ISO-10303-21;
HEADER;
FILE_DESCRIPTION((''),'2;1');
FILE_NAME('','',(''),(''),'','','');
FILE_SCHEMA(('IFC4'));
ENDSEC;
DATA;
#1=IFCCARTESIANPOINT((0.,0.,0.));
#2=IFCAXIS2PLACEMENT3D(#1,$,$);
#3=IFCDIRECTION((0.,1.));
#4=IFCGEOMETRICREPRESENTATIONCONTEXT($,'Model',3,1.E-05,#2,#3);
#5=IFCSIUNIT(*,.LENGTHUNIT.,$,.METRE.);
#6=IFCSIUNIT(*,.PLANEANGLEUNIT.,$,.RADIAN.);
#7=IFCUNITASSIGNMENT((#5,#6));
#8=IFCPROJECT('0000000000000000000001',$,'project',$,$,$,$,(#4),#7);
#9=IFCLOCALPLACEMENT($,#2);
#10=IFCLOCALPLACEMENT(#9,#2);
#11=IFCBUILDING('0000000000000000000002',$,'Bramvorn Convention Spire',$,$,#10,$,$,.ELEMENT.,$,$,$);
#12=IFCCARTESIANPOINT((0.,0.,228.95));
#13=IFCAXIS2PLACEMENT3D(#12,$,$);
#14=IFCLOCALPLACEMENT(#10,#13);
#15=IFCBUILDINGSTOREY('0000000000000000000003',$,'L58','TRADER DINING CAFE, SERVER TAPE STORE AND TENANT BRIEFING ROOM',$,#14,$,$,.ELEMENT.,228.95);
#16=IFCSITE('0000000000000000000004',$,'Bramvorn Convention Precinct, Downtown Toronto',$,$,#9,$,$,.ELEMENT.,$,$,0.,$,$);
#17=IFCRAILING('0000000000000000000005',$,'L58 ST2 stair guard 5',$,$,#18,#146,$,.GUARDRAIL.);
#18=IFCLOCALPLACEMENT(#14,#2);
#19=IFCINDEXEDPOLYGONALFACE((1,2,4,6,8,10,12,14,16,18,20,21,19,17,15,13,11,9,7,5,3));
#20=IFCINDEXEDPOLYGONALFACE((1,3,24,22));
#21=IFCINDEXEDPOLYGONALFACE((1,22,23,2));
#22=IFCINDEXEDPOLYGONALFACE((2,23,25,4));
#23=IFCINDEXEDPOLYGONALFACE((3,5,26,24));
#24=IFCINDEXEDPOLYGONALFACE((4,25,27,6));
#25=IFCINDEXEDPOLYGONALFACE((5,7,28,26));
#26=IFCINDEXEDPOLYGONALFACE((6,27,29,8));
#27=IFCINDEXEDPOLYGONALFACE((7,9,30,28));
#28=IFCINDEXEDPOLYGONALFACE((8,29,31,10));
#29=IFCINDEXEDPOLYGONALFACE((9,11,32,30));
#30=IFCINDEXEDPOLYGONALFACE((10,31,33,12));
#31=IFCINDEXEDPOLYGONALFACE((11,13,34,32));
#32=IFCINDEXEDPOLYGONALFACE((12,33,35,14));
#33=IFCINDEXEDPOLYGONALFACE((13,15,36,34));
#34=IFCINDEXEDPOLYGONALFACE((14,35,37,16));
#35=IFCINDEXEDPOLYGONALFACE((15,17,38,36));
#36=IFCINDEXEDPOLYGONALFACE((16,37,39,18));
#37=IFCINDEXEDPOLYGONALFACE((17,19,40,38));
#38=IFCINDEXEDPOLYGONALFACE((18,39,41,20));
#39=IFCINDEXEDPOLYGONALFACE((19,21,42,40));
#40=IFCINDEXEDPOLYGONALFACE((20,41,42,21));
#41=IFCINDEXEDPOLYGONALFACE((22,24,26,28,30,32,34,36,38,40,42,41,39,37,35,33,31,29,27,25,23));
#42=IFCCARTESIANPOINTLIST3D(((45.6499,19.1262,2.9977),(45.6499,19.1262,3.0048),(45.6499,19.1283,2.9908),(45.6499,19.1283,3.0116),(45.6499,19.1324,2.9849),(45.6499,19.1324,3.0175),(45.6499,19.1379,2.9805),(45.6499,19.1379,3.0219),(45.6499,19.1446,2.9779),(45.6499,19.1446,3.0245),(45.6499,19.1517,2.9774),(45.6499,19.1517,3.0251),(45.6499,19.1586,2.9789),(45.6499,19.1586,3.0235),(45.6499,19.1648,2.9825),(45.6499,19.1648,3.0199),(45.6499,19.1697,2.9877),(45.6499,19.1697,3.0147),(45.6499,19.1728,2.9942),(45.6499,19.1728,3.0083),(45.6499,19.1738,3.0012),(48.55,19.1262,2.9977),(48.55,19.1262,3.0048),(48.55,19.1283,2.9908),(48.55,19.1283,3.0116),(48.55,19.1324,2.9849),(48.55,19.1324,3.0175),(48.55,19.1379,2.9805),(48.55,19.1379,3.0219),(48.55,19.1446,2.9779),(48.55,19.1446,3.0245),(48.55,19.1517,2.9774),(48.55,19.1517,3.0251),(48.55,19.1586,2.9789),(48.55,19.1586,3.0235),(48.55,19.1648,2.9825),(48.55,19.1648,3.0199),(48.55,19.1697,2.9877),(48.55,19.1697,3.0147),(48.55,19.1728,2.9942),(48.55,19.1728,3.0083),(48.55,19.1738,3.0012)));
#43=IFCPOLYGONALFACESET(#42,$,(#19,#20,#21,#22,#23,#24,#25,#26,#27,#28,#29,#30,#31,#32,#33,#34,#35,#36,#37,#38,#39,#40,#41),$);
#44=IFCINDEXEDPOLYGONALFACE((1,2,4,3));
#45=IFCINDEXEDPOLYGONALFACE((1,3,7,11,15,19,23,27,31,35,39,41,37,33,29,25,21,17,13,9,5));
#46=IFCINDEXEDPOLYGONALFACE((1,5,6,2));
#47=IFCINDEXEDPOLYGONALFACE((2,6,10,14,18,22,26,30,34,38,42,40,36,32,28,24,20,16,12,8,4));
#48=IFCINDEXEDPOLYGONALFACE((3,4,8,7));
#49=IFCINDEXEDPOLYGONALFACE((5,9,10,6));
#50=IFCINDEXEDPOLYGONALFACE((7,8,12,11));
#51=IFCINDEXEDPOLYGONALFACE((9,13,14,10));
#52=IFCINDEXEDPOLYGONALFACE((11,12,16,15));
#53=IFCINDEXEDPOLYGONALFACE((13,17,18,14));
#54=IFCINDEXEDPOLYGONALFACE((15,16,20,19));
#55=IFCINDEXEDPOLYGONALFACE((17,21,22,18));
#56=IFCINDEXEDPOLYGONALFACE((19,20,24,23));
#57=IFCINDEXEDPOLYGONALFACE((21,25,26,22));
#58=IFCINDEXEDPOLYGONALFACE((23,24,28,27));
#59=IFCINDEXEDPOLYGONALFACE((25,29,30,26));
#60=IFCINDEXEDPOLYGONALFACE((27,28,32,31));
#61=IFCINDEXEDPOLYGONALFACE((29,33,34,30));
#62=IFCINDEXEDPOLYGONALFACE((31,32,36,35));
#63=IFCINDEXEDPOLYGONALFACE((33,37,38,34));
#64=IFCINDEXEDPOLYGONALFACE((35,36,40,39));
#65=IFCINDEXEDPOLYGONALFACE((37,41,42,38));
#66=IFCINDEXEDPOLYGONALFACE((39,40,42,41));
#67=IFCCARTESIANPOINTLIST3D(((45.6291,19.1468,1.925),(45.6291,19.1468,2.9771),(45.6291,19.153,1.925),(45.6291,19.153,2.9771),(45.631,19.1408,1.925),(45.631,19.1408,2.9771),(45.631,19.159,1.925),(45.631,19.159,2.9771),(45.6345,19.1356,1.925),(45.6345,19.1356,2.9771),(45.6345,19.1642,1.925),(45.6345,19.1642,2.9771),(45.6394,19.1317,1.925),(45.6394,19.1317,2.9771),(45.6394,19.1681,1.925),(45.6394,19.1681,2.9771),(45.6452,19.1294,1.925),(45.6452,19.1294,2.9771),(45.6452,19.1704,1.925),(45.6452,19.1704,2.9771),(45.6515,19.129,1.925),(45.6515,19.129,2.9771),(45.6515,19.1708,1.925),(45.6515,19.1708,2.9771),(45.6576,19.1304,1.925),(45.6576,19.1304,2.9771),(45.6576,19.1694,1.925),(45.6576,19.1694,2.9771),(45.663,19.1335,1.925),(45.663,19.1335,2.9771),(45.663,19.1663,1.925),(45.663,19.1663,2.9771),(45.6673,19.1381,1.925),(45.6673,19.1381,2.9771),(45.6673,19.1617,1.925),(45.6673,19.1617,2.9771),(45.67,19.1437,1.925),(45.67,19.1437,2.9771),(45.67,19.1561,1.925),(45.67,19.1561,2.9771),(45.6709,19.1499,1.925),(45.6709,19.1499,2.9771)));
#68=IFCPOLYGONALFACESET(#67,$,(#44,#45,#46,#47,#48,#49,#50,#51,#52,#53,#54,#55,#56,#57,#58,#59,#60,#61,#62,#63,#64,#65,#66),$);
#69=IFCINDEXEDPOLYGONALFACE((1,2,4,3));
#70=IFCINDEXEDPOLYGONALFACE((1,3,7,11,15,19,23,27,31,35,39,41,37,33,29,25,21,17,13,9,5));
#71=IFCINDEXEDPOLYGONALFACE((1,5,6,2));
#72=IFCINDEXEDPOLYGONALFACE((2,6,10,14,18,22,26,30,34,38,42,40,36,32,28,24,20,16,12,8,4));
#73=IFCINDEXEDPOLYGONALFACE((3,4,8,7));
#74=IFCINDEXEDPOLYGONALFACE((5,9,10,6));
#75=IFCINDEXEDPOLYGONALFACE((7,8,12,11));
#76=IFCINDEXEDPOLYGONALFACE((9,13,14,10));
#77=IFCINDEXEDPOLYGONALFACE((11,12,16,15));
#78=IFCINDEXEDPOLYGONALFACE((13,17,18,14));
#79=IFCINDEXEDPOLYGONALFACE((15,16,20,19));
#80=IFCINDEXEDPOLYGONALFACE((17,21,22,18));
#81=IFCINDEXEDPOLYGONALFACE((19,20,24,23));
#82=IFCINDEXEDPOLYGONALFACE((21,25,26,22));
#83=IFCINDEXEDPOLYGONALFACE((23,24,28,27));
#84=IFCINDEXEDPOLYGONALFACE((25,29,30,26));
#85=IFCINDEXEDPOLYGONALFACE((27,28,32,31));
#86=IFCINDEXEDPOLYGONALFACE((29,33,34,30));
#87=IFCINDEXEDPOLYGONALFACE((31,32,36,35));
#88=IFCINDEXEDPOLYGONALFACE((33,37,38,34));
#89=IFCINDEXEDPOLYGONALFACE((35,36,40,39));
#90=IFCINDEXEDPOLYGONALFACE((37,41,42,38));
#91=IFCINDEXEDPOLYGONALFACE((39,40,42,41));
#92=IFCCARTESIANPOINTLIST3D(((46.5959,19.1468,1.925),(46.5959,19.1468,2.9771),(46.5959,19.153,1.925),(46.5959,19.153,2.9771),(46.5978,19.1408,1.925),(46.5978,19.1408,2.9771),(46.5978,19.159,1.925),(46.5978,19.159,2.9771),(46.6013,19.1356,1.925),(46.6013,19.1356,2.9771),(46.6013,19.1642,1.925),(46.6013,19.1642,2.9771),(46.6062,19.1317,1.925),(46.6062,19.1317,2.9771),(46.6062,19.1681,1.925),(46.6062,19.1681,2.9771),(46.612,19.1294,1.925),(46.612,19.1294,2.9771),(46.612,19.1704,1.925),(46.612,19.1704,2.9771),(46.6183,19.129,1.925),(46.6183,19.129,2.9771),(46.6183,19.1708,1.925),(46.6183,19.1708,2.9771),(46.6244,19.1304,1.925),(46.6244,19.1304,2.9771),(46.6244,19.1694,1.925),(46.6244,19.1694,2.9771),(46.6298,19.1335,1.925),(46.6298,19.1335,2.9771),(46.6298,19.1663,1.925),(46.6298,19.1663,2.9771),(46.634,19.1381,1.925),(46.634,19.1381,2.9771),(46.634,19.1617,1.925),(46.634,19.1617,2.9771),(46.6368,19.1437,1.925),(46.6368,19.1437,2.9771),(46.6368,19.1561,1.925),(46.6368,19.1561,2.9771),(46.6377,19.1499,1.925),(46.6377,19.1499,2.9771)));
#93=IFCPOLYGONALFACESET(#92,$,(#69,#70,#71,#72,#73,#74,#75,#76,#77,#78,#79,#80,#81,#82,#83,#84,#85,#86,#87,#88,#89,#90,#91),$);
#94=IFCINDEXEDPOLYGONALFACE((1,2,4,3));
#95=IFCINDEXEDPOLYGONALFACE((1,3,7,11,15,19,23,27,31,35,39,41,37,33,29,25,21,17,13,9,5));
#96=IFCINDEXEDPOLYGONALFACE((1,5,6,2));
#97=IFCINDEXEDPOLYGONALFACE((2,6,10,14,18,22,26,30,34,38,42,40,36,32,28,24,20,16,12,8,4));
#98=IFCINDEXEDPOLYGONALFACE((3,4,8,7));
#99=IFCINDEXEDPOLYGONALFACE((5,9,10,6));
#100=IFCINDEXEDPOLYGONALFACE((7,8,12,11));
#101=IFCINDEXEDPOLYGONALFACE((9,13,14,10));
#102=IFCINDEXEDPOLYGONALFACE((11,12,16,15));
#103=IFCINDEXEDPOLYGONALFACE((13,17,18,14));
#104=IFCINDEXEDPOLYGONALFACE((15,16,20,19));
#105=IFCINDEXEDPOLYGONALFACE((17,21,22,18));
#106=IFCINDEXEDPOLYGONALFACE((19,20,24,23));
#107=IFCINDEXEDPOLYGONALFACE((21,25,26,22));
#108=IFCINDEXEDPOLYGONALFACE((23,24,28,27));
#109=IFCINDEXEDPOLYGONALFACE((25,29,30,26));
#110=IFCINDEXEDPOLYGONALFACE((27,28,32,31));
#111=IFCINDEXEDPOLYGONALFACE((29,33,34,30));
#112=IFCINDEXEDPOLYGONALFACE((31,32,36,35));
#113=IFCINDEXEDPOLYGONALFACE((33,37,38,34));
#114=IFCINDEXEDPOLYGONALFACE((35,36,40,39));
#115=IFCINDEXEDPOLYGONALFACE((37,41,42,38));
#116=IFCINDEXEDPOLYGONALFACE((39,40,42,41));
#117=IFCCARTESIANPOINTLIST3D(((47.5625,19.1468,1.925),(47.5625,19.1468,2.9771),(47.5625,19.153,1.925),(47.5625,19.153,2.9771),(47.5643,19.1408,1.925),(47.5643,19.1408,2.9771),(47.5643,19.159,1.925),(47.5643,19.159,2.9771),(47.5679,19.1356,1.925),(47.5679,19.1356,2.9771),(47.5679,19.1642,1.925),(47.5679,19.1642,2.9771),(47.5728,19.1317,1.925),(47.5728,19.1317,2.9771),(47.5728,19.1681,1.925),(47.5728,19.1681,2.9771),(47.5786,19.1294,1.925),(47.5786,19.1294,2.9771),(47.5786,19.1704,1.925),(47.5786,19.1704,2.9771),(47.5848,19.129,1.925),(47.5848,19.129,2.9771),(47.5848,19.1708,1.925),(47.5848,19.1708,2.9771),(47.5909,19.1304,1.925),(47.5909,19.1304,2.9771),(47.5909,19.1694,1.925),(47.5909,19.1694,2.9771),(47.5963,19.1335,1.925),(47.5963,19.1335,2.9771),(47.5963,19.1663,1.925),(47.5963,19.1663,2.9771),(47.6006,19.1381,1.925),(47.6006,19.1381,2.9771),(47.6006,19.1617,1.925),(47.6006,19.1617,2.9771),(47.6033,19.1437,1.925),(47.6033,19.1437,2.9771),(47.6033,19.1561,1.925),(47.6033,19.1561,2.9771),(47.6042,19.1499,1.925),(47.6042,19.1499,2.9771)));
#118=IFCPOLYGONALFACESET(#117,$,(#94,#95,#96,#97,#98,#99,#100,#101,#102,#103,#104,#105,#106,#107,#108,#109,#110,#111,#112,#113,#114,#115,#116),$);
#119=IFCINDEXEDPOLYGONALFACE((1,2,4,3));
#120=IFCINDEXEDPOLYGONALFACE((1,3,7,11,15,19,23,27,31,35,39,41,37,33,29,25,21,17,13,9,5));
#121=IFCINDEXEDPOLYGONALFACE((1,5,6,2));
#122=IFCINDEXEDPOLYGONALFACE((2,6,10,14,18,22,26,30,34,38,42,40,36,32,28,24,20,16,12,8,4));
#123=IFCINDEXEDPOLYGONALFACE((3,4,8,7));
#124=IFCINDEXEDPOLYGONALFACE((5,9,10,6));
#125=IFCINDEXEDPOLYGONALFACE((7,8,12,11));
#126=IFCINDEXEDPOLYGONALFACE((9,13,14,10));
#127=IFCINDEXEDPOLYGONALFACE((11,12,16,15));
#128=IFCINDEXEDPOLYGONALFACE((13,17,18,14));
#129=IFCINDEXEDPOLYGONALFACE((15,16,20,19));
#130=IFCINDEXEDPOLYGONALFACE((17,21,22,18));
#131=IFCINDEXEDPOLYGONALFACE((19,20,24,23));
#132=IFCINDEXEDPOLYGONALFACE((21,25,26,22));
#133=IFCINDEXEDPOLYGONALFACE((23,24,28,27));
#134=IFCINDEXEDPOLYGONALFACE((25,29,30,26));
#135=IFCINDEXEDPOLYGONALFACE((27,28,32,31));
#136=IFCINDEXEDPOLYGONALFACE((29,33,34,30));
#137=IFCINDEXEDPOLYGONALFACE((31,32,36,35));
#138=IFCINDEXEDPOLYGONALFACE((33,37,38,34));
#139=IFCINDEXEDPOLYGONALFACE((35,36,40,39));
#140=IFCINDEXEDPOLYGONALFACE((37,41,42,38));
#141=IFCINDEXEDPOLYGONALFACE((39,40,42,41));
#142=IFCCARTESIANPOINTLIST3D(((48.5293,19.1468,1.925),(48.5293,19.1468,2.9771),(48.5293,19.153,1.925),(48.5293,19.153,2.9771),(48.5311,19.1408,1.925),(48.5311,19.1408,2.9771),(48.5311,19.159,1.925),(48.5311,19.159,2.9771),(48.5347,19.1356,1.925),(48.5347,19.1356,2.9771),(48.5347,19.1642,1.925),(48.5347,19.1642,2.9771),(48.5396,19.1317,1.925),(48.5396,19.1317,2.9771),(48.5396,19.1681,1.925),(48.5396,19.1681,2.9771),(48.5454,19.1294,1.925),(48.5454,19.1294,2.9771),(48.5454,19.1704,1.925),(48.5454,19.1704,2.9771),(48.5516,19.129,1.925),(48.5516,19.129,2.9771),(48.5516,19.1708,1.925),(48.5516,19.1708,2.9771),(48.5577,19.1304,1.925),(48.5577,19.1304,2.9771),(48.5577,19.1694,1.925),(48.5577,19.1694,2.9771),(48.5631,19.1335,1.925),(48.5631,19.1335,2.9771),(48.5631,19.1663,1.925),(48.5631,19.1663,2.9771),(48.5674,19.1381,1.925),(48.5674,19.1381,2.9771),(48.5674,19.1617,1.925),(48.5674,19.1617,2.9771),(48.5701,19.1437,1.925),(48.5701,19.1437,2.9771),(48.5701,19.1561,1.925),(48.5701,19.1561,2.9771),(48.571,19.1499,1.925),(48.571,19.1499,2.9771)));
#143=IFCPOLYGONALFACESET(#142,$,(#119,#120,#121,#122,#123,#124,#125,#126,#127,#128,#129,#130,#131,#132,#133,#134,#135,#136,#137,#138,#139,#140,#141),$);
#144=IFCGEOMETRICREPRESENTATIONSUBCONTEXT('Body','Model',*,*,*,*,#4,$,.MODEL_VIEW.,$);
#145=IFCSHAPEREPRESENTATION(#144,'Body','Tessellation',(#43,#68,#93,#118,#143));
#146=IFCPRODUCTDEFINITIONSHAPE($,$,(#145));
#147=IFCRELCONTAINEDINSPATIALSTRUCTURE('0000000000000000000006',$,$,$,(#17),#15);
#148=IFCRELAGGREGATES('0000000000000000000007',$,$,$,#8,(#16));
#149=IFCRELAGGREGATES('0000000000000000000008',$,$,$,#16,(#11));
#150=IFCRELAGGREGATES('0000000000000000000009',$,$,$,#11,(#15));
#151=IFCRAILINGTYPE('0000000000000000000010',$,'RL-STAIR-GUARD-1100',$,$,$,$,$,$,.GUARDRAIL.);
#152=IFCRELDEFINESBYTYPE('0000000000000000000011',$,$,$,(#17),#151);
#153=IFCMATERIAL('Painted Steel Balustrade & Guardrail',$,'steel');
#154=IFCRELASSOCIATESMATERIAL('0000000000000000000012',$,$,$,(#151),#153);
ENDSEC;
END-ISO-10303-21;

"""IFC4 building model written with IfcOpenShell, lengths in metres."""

from ifc_helpers import new_model, si_unit, direction, frame, origin, origin_2d, place, context, subcontext, project, spatial, circle, extrude, material, type_object, element, save


model = new_model("IFC4")

# Units and contexts
model_context = context("Model", 3, precision=1e-05, world=origin(), true_north=direction((0.0, 1.0)))
body_context = subcontext(model_context, "Body", "Model", "MODEL_VIEW")
ifc_project = project(units=[si_unit("LENGTHUNIT", "METRE"), si_unit("PLANEANGLEUNIT", "RADIAN")], contexts=[model_context])

# Site, building, storey
site_placement = place(None, origin())
site = spatial("IfcSite", under=ifc_project, at=site_placement, Name="Bramvorn Convention Precinct, Downtown Toronto", CompositionType="ELEMENT", RefElevation=0.0)
building_placement = place(site_placement, origin())
building = spatial("IfcBuilding", under=site, at=building_placement, Name="Bramvorn Convention Spire", CompositionType="ELEMENT")
storey_placement = place(building_placement, frame((0.0, 0.0, 228.95)))
storey = spatial("IfcBuildingStorey", under=building, at=storey_placement, Name="L58", Description="TRADER DINING CAFE, SERVER TAPE STORE AND TENANT BRIEFING ROOM", CompositionType="ELEMENT", Elevation=228.95)

# Railing
ifc_material_1 = material(Name="Painted Steel Balustrade & Guardrail", Category="steel")
railing_type = type_object("IfcRailingType", Name="RL-STAIR-GUARD-1100", PredefinedType="GUARDRAIL", material=ifc_material_1)
railing_1_placement = place(storey_placement, frame((45.6499, 19.1499, 1.925)))
element("IfcRailing", 1, at=railing_1_placement, inside=storey, type_object=railing_type, Name="L58 ST2 stair guard 5", PredefinedType="GUARDRAIL", context=body_context, shape_type="SweptSolid", body=[
    extrude(circle(Radius=0.0239, at=origin_2d()), frame((0.0, 0.0, 1.0762), z_axis=(1.0, 0.0, 0.0), x_axis=(0.0, 1.0, 0.0)), (0.0, 0.0, 1.0), 2.9001),
    extrude(circle(Radius=0.021, at=origin_2d()), origin(), (0.0, 0.0, 1.0), 1.052),
    extrude(circle(Radius=0.021, at=origin_2d()), frame((0.9668, 0.0, 0.0)), (0.0, 0.0, 1.0), 1.052),
    extrude(circle(Radius=0.021, at=origin_2d()), frame((1.9333, 0.0, 0.0)), (0.0, 0.0, 1.0), 1.052),
    extrude(circle(Radius=0.021, at=origin_2d()), frame((2.9001, 0.0, 0.0)), (0.0, 0.0, 1.0), 1.052),
])

save(model, "model.ifc")
